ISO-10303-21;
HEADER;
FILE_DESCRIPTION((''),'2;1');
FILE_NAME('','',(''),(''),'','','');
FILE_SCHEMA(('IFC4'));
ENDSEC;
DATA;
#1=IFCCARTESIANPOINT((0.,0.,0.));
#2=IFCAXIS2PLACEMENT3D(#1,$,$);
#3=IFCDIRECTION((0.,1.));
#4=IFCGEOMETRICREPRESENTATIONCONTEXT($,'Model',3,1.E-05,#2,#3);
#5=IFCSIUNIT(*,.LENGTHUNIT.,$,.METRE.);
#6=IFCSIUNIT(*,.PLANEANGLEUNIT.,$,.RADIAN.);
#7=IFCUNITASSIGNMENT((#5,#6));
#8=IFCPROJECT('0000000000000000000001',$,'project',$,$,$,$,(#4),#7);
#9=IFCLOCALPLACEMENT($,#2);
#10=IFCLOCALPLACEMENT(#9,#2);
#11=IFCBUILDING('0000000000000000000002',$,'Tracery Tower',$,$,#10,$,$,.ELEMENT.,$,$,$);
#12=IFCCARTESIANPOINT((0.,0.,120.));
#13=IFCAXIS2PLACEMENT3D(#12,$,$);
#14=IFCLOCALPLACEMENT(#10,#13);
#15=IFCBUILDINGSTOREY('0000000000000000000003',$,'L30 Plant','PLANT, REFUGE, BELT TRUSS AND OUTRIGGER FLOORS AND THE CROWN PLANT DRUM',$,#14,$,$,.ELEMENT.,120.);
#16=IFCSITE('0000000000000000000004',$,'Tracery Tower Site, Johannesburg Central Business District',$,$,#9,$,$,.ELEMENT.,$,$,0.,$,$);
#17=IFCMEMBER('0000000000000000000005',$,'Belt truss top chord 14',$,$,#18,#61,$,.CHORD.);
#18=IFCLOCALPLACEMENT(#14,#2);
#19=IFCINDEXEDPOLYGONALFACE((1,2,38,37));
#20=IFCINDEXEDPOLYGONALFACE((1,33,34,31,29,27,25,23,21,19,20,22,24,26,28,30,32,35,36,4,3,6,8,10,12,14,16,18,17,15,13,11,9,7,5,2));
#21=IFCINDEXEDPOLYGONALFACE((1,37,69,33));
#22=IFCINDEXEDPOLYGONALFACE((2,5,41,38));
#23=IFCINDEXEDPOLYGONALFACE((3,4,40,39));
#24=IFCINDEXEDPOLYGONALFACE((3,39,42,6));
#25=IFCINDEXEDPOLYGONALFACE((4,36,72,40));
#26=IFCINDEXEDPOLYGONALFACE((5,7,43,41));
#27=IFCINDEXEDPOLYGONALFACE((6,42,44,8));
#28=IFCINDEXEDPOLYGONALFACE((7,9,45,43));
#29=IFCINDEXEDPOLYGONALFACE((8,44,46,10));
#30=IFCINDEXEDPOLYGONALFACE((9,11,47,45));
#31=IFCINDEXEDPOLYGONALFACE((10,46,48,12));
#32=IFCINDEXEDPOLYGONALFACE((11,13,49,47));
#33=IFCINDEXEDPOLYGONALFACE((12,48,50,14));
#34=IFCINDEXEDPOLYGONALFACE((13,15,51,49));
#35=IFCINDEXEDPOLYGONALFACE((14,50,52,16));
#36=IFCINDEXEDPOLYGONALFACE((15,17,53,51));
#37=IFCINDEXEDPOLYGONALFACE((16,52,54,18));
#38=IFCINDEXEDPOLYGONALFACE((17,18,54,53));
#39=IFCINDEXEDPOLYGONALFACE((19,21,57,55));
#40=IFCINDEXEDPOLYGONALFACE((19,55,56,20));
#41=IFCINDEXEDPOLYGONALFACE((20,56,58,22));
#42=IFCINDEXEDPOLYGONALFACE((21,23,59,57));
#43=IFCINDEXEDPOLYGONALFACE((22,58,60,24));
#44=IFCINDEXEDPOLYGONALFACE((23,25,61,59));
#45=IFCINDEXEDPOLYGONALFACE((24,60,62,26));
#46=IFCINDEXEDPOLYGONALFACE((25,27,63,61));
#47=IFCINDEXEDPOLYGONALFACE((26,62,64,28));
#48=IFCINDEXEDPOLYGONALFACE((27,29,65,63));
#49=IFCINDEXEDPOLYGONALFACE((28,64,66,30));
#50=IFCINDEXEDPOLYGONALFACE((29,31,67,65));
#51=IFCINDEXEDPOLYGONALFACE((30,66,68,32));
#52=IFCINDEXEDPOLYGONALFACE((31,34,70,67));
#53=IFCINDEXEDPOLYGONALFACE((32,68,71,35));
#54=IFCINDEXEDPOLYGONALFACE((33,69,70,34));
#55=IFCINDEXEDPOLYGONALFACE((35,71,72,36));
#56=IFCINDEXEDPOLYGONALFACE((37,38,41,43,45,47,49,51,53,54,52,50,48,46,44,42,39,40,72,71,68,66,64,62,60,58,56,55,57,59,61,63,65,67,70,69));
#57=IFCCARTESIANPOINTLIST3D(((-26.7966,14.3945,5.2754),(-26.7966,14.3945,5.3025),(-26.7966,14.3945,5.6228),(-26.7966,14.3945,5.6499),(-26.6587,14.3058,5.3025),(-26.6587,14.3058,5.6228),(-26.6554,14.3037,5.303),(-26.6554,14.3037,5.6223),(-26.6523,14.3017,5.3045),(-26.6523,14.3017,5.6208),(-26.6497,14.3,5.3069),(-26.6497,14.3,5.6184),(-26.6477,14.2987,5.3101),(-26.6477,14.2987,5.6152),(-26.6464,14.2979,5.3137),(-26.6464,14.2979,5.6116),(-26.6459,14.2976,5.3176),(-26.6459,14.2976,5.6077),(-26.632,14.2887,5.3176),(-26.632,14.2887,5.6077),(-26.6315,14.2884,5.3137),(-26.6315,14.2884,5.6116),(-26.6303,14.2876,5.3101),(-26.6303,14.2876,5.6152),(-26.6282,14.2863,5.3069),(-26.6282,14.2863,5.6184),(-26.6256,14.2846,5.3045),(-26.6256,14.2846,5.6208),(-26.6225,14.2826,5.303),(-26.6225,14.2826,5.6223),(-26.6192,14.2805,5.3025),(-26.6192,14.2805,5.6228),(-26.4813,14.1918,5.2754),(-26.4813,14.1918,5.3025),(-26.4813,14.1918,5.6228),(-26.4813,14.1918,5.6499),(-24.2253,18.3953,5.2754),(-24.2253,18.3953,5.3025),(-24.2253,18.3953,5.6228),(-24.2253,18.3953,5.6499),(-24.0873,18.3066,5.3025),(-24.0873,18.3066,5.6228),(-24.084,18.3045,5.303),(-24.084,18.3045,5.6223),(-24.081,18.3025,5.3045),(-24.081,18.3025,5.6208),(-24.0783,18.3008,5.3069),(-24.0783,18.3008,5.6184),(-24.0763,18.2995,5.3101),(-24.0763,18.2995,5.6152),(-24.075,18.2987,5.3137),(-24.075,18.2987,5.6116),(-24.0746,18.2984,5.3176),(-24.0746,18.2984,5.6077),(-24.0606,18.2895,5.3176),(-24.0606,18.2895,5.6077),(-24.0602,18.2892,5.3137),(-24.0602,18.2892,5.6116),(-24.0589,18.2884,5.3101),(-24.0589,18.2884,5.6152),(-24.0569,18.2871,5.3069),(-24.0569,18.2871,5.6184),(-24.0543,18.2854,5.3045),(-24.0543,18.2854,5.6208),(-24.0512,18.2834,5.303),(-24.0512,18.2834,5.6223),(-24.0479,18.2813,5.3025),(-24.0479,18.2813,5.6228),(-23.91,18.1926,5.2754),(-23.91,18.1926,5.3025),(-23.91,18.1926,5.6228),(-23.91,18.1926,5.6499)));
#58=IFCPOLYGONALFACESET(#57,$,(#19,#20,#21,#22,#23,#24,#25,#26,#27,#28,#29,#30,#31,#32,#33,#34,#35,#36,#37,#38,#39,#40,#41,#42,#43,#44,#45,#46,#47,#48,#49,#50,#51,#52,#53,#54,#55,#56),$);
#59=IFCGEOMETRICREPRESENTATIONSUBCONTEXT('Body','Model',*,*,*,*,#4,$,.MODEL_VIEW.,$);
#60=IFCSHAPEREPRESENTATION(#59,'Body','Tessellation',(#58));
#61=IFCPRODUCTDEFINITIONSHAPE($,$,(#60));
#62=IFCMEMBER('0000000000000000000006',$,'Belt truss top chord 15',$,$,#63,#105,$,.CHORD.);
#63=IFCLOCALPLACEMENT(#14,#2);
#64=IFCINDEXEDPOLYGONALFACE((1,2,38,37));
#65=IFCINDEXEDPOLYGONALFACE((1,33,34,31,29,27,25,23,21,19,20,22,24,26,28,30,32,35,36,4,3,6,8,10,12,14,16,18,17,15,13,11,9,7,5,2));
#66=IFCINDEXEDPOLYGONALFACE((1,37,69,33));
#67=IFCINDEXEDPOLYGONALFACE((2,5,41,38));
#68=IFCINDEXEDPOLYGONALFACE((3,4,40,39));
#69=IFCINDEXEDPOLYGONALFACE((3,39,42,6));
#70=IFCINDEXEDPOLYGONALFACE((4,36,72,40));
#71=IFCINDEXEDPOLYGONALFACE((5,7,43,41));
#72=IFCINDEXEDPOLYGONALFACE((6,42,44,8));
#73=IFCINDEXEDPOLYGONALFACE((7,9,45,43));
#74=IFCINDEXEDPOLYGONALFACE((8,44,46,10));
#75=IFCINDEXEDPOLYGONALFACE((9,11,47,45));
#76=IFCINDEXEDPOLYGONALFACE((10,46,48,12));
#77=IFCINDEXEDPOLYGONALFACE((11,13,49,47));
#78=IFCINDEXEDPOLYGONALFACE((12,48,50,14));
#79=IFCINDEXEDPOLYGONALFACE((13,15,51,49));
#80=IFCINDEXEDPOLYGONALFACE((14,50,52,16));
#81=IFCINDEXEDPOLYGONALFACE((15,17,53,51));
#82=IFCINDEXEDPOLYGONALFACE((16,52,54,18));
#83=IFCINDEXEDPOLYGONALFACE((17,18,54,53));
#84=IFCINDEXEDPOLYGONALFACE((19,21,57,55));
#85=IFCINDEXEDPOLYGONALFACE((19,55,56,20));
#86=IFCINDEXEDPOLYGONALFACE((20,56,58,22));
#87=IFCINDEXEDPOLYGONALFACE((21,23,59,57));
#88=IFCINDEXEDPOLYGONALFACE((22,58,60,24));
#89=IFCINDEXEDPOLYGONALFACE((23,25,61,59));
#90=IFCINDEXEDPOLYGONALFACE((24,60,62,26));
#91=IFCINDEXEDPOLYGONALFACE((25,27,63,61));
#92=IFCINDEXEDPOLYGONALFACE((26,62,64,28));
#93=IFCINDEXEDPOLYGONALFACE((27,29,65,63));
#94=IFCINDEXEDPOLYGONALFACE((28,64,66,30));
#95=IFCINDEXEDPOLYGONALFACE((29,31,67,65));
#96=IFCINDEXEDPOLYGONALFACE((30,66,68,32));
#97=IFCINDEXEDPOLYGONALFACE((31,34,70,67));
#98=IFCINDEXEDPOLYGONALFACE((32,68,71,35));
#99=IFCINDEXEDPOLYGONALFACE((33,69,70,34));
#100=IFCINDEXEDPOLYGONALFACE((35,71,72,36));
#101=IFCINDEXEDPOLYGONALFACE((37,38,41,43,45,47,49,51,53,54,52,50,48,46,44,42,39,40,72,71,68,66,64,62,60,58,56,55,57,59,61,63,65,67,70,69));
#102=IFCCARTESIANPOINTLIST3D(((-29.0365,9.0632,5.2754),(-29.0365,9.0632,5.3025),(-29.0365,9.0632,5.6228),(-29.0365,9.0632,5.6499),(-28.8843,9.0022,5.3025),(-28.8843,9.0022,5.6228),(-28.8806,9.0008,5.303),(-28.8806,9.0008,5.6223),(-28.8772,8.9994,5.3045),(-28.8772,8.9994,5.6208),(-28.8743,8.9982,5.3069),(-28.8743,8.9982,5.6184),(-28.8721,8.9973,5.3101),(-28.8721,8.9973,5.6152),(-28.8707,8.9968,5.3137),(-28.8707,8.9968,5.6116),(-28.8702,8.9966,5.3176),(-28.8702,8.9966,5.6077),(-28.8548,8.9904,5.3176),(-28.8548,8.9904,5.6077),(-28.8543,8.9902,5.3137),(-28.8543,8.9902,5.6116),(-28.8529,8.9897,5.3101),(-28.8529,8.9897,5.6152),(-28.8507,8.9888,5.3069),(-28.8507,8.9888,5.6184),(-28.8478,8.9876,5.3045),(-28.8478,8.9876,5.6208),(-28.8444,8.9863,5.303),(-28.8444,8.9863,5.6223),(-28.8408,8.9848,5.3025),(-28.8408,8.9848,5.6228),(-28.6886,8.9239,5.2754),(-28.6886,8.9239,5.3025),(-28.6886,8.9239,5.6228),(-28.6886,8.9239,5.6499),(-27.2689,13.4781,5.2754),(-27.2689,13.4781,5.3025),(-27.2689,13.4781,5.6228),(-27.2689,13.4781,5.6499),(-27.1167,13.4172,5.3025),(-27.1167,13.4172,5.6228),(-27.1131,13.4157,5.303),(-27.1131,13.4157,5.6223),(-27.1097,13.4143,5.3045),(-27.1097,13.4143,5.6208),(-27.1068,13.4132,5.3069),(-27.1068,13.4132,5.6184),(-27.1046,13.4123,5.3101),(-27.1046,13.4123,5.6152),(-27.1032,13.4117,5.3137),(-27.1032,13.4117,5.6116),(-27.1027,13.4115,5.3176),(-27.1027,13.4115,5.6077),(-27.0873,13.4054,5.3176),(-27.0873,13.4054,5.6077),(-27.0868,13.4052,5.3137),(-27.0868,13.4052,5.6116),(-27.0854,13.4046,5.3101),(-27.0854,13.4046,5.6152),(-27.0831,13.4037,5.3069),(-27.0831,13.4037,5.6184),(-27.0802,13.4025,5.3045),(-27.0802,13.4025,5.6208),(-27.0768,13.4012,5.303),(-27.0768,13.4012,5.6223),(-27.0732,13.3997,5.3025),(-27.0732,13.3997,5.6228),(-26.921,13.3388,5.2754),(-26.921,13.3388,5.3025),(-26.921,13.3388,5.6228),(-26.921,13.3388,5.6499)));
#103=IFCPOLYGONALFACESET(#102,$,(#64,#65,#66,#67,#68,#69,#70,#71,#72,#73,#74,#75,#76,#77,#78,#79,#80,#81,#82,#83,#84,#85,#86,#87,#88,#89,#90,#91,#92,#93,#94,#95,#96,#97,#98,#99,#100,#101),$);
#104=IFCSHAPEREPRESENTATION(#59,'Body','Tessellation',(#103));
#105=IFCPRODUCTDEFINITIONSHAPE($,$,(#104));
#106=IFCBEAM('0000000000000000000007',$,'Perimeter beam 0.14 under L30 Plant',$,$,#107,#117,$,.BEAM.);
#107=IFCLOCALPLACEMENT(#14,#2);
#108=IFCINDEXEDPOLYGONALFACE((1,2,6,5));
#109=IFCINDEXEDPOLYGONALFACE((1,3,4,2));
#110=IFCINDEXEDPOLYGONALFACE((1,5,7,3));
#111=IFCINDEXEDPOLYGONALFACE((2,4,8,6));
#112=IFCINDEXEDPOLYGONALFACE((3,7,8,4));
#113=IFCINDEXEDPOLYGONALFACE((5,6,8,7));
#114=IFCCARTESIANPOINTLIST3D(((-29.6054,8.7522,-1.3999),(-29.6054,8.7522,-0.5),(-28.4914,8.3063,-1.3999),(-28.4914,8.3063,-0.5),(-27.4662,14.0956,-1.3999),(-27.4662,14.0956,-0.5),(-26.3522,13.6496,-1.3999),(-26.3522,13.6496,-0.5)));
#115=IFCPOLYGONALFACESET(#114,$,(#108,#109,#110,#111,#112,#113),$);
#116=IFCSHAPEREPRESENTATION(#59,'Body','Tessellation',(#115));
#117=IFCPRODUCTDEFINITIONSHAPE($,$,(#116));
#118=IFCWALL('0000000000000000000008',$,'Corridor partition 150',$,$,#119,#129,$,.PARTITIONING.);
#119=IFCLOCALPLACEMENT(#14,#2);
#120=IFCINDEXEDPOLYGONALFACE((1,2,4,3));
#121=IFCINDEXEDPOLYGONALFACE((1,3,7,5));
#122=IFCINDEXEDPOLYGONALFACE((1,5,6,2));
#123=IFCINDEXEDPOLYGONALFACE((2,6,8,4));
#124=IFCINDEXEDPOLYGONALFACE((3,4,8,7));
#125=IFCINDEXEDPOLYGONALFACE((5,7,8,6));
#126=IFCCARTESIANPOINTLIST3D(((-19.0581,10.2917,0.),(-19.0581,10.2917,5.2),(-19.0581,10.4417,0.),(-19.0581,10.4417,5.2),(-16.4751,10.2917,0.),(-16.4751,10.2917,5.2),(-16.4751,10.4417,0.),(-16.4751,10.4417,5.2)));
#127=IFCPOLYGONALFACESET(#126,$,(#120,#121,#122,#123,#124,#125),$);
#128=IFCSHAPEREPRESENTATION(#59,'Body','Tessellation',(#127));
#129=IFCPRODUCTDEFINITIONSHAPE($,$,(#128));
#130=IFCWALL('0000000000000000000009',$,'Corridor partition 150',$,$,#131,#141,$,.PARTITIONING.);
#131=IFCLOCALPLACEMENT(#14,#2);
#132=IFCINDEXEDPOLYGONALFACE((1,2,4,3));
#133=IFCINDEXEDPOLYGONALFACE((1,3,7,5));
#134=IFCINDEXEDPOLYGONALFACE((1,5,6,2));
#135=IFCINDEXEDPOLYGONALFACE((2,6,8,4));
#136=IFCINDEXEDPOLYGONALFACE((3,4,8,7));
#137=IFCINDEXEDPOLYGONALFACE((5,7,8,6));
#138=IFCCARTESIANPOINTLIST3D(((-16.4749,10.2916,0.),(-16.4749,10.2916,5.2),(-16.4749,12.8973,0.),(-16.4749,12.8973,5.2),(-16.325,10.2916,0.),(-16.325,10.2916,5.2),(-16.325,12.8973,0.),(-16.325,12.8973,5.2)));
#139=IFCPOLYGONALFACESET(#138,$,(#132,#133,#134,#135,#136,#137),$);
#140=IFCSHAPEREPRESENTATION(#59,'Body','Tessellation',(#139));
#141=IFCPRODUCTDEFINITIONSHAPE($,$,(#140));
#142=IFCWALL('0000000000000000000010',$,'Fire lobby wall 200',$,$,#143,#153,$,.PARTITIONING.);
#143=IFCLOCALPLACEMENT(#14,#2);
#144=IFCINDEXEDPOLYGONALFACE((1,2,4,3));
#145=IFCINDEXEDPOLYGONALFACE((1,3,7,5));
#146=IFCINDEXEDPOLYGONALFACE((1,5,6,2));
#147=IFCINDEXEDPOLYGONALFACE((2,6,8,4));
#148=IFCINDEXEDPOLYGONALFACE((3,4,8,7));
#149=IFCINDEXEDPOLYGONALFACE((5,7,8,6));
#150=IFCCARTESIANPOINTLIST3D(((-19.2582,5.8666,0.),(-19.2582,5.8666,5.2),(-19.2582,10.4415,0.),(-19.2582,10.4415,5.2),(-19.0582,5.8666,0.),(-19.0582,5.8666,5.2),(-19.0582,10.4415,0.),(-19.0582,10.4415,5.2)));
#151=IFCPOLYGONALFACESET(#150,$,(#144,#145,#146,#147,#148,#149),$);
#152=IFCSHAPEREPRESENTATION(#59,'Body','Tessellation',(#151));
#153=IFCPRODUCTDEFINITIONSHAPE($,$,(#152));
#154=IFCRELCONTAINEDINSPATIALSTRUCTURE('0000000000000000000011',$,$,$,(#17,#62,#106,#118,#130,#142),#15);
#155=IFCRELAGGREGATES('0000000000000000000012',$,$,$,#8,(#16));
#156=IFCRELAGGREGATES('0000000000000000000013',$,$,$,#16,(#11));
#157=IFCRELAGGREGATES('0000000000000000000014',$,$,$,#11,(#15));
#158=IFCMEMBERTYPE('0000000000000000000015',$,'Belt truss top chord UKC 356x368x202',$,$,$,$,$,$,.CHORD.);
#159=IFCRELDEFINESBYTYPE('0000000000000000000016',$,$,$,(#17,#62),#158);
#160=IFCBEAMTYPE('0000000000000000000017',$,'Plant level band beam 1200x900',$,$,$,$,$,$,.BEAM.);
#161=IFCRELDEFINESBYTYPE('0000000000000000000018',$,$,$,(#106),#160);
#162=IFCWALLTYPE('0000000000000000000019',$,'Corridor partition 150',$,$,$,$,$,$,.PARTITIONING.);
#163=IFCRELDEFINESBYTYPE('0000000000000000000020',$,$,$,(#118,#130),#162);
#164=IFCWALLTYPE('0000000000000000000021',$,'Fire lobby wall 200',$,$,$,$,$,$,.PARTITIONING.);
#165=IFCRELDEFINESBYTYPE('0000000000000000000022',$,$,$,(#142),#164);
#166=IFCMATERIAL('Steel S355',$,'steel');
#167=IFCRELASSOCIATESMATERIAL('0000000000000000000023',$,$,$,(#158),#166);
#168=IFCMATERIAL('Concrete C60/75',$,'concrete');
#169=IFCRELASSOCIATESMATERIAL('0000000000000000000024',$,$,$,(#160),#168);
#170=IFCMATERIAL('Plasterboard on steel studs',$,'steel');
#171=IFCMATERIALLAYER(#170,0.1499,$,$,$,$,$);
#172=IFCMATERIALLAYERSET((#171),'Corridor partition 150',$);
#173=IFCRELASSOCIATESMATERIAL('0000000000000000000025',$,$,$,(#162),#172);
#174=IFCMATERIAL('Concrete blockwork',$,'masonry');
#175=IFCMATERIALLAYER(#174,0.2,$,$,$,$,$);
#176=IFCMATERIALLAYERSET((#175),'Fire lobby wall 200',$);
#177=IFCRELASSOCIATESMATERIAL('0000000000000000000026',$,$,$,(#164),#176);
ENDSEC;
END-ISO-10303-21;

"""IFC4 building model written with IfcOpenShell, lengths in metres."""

from ifc_helpers import new_model, si_unit, direction, frame, frame_2d, origin, origin_2d, place, context, subcontext, project, spatial, rectangle, i_section, extrude, material, layer, layer_set, material_profile, profile_set, type_object, element, save


model = new_model("IFC4")

# Units and contexts
model_context = context("Model", 3, precision=1e-05, world=origin(), true_north=direction((0.0, 1.0)))
body_context = subcontext(model_context, "Body", "Model", "MODEL_VIEW")
ifc_project = project(units=[si_unit("LENGTHUNIT", "METRE"), si_unit("PLANEANGLEUNIT", "RADIAN")], contexts=[model_context])

# Site, building, storey
site_placement = place(None, origin())
site = spatial("IfcSite", under=ifc_project, at=site_placement, Name="Tracery Tower Site, Johannesburg Central Business District", CompositionType="ELEMENT", RefElevation=0.0)
building_placement = place(site_placement, origin())
building = spatial("IfcBuilding", under=site, at=building_placement, Name="Tracery Tower", CompositionType="ELEMENT")
storey_placement = place(building_placement, frame((0.0, 0.0, 120.0)))
storey = spatial("IfcBuildingStorey", under=building, at=storey_placement, Name="L30 Plant", Description="PLANT, REFUGE, BELT TRUSS AND OUTRIGGER FLOORS AND THE CROWN PLANT DRUM", CompositionType="ELEMENT", Elevation=120.0)

# Members
ifc_material_1 = material(Name="Steel S355", Category="steel")
ifc_material_profile_1 = material_profile(ifc_material_1, i_section(OverallWidth=0.3748, OverallDepth=0.3745, WebThickness=0.0166, FlangeThickness=0.0271, FilletRadius=0.0151, at=origin_2d()), Name="UKC 356x368x202")
ifc_profile_set_1 = profile_set([ifc_material_profile_1], Name="Steel S355")
member_type_1 = type_object("IfcMemberType", Name="Belt truss top chord UKC 356x368x202", PredefinedType="CHORD", material=ifc_profile_set_1)
member_1_placement = place(storey_placement, frame((-24.0676, 18.2939, 5.4626), z_axis=(-0.540667, -0.841237, 0.0), x_axis=(0.841237, -0.540667, 0.0)))
element("IfcMember", 1, at=member_1_placement, inside=storey, type_object=member_type_1, Name="Belt truss top chord 14", PredefinedType="CHORD", context=body_context, shape_type="SweptSolid", body=[
    extrude(i_section(OverallWidth=0.3748, OverallDepth=0.3745, WebThickness=0.0166, FlangeThickness=0.0271, FilletRadius=0.0151, at=origin_2d()), origin(), (0.0, 0.0, 1.0), 4.7559),
])
member_2_placement = place(storey_placement, frame((-27.095, 13.4084, 5.4626), z_axis=(-0.371674, -0.928363, 0.0), x_axis=(0.928363, -0.371674, 0.0)))
element("IfcMember", 2, at=member_2_placement, inside=storey, type_object=member_type_1, Name="Belt truss top chord 15", PredefinedType="CHORD", context=body_context, shape_type="SweptSolid", body=[
    extrude(i_section(OverallWidth=0.3748, OverallDepth=0.3745, WebThickness=0.0166, FlangeThickness=0.0271, FilletRadius=0.0151, at=origin_2d()), origin(), (0.0, 0.0, 1.0), 4.7556),
])

# Beam
ifc_material_2 = material(Name="Concrete C60/75", Category="concrete")
ifc_material_profile_2 = material_profile(ifc_material_2, rectangle(XDim=1.2, YDim=0.8999, at=origin_2d()), Name="RC 1200x900")
ifc_profile_set_2 = profile_set([ifc_material_profile_2], Name="Concrete C60/75")
beam_type = type_object("IfcBeamType", Name="Plant level band beam 1200x900", PredefinedType="BEAM", material=ifc_profile_set_2)
beam_placement = place(storey_placement, frame((-26.9092, 13.8726, -0.95), z_axis=(-0.371669, -0.928365, 0.0), x_axis=(0.928365, -0.371669, 0.0)))
element("IfcBeam", 3, at=beam_placement, inside=storey, type_object=beam_type, Name="Perimeter beam 0.14 under L30 Plant", PredefinedType="BEAM", context=body_context, shape_type="SweptSolid", body=[
    extrude(rectangle(XDim=1.2, YDim=0.8999, at=origin_2d()), origin(), (0.0, 0.0, 1.0), 5.7556),
])

# Walls
ifc_material_3 = material(Name="Plasterboard on steel studs", Category="steel")
ifc_layer_1 = layer(ifc_material_3, 0.1499)
ifc_layer_set_1 = layer_set([ifc_layer_1], Name="Corridor partition 150")
wall_type_1 = type_object("IfcWallType", Name="Corridor partition 150", PredefinedType="PARTITIONING", material=ifc_layer_set_1)
wall_1_placement = place(storey_placement, frame((-16.4751, 10.3667, 0.0), z_axis=(0.0, 0.0, 1.0), x_axis=(-1.0, 0.0, 0.0)))
element("IfcWall", 4, at=wall_1_placement, inside=storey, type_object=wall_type_1, Name="Corridor partition 150", PredefinedType="PARTITIONING", context=body_context, shape_type="SweptSolid", body=[
    extrude(rectangle(XDim=2.583, YDim=0.1499, at=frame_2d((1.2915, 0.0))), origin(), (0.0, 0.0, 1.0), 5.2),
])
wall_2_placement = place(storey_placement, frame((-16.3999, 12.8972, 0.0), z_axis=(0.0, 0.0, 1.0), x_axis=(0.0, -1.0, 0.0)))
element("IfcWall", 5, at=wall_2_placement, inside=storey, type_object=wall_type_1, Name="Corridor partition 150", PredefinedType="PARTITIONING", context=body_context, shape_type="SweptSolid", body=[
    extrude(rectangle(XDim=2.6057, YDim=0.1499, at=frame_2d((1.3027, 0.0))), origin(), (0.0, 0.0, 1.0), 5.2),
])

# Shared definitions
ifc_material_4 = material(Name="Concrete blockwork", Category="masonry")
ifc_layer_2 = layer(ifc_material_4, 0.2)
ifc_layer_set_2 = layer_set([ifc_layer_2], Name="Fire lobby wall 200")
wall_type_2 = type_object("IfcWallType", Name="Fire lobby wall 200", PredefinedType="PARTITIONING", material=ifc_layer_set_2)

# Wall
wall_3_placement = place(storey_placement, frame((-19.1582, 10.4417, 0.0), z_axis=(0.0, 0.0, 1.0), x_axis=(0.0, -1.0, 0.0)))
element("IfcWall", 6, at=wall_3_placement, inside=storey, type_object=wall_type_2, Name="Fire lobby wall 200", PredefinedType="PARTITIONING", context=body_context, shape_type="SweptSolid", body=[
    extrude(rectangle(XDim=4.575, YDim=0.2, at=frame_2d((2.2876, 0.0))), origin(), (0.0, 0.0, 1.0), 5.2),
])

save(model, "model.ifc")
